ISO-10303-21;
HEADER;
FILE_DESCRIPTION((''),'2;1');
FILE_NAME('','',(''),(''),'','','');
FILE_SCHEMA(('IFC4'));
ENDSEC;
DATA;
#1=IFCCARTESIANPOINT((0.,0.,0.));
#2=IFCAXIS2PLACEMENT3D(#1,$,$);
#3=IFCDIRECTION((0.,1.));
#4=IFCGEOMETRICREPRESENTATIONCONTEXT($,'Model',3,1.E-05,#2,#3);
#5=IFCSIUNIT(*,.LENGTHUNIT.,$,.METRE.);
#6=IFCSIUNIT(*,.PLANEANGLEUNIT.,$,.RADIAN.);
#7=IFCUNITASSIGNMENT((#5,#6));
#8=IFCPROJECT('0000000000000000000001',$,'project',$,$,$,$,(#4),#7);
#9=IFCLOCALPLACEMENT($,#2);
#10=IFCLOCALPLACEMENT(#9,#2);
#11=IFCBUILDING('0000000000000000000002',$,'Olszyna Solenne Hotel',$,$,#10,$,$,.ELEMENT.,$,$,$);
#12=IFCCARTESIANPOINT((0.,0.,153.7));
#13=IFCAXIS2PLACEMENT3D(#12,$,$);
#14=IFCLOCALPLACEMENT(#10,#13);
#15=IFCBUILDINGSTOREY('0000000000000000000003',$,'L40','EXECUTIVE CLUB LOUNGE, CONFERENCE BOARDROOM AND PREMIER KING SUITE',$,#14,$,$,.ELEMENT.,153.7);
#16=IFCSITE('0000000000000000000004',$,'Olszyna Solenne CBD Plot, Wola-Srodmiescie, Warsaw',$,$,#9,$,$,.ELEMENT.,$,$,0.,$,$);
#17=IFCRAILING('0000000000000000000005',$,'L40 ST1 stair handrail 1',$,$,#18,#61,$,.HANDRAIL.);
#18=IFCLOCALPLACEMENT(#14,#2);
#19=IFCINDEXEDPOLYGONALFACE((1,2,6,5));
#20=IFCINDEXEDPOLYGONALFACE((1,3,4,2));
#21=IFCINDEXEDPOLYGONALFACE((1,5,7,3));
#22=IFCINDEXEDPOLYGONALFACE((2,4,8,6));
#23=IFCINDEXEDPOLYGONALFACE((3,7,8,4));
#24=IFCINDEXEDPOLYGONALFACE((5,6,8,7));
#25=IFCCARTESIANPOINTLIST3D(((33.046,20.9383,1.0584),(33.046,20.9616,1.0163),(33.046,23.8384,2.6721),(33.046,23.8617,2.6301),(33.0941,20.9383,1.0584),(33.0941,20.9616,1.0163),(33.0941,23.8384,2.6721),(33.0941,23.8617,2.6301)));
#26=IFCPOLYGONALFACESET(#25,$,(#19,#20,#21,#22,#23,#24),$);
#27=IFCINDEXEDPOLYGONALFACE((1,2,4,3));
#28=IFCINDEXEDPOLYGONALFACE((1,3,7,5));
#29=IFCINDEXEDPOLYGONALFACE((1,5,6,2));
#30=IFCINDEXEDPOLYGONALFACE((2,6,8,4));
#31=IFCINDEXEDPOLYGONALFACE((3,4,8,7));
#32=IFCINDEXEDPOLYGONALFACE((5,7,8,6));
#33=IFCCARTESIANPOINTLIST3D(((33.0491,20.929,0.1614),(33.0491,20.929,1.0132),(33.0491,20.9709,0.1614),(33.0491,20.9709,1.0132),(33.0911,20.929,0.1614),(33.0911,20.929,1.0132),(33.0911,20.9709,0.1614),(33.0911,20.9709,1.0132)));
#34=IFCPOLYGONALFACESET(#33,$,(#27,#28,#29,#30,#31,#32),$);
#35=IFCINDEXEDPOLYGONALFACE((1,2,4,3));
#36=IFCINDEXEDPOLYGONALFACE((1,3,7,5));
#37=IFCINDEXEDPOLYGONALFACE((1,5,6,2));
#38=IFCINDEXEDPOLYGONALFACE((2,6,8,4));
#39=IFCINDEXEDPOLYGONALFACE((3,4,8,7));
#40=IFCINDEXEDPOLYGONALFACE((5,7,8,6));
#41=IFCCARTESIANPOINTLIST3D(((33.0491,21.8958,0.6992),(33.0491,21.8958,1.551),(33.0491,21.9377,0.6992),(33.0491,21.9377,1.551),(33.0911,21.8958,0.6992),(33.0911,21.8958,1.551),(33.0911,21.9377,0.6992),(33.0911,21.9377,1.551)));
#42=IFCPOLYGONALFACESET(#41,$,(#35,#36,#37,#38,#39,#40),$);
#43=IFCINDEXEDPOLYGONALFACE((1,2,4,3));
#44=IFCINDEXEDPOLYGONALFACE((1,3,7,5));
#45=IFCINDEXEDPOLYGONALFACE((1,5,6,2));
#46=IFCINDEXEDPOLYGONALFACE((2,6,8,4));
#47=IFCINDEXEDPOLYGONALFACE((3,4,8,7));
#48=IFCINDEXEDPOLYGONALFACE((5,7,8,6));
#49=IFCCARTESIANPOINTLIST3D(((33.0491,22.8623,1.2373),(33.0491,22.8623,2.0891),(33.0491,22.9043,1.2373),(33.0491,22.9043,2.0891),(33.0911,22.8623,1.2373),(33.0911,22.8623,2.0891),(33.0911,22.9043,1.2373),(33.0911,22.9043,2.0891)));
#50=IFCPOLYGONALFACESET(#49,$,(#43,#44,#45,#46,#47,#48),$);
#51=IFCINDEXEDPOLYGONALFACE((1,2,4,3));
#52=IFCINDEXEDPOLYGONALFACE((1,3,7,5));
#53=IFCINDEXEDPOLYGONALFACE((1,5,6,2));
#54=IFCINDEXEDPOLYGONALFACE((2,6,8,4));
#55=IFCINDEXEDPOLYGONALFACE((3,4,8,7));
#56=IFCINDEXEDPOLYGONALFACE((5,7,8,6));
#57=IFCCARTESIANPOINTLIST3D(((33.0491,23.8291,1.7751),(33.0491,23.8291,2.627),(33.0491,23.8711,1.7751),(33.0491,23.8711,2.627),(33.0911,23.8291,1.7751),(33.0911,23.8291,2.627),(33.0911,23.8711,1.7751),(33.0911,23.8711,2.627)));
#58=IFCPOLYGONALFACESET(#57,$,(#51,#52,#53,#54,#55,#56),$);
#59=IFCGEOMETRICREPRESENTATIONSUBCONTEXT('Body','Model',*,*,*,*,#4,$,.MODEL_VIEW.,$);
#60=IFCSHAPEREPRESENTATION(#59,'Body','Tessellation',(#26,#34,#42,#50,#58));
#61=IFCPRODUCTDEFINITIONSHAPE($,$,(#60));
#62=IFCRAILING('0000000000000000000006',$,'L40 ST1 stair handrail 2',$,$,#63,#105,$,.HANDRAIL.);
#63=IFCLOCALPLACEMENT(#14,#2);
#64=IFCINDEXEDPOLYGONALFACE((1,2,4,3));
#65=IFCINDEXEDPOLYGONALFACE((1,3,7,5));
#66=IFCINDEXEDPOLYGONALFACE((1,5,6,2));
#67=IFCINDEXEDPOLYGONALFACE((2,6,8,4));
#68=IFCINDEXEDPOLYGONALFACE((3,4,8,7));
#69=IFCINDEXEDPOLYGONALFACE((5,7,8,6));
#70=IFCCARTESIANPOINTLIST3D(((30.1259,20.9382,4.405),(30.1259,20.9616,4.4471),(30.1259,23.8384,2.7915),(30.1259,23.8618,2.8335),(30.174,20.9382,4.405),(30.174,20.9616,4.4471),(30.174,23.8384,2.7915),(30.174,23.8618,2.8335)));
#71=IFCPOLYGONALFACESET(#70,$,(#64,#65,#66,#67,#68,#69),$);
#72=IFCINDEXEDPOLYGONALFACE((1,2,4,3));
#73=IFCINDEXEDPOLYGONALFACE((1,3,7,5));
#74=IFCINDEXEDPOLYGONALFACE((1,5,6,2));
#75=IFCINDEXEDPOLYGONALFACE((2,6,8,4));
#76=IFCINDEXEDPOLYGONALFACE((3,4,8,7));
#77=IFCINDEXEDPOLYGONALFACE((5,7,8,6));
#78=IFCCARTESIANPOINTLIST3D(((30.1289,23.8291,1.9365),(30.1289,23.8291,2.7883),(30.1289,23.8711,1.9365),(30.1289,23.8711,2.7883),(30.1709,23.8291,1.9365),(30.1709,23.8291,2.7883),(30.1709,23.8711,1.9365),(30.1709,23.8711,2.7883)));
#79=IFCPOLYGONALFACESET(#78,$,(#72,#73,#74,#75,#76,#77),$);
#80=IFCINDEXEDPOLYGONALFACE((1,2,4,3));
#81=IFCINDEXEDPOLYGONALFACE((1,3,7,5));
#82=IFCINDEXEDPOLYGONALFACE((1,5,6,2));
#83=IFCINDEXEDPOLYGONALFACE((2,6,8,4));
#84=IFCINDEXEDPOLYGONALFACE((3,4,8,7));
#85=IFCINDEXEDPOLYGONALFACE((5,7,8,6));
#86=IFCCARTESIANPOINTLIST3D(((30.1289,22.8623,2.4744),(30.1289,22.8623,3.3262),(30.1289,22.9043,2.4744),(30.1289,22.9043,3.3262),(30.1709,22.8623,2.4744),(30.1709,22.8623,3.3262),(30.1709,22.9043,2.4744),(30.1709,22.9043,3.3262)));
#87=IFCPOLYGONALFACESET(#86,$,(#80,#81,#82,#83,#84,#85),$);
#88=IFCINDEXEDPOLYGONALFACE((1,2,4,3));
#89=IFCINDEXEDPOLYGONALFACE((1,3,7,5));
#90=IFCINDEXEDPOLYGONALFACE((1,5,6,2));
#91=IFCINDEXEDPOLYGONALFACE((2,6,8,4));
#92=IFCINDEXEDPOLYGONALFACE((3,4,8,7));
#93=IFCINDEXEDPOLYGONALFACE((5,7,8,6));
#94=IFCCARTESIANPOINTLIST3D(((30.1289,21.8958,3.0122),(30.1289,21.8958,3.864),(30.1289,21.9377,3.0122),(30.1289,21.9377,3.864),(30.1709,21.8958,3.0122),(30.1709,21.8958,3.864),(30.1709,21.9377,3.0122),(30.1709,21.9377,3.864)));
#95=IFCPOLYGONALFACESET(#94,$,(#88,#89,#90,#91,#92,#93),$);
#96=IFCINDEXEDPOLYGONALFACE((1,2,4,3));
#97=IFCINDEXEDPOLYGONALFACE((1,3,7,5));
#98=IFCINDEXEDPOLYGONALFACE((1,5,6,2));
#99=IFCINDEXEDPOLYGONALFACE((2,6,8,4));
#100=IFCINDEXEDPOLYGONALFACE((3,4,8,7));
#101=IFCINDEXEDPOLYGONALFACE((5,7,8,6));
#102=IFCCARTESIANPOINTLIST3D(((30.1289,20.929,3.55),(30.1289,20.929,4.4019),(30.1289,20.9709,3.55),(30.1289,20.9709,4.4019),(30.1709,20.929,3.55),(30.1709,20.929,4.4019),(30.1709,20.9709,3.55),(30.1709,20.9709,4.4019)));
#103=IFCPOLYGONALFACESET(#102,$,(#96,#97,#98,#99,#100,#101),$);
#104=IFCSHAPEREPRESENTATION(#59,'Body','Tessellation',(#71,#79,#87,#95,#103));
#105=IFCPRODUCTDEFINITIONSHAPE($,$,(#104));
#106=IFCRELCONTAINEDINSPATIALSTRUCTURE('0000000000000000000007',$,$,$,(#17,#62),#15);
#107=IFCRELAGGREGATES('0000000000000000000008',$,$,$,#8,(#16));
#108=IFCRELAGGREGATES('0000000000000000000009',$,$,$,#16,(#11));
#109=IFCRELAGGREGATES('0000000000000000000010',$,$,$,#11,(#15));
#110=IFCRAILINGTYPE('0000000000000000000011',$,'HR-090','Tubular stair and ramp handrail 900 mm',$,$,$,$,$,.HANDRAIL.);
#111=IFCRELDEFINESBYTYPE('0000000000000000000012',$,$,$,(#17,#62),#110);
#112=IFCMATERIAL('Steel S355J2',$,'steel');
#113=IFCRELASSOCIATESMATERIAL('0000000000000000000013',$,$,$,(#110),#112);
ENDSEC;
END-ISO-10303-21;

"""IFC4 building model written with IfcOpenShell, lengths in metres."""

from ifc_helpers import new_model, si_unit, direction, frame, origin, origin_2d, place, context, subcontext, project, spatial, rectangle, extrude, material, type_object, element, save


model = new_model("IFC4")

# Units and contexts
model_context = context("Model", 3, precision=1e-05, world=origin(), true_north=direction((0.0, 1.0)))
body_context = subcontext(model_context, "Body", "Model", "MODEL_VIEW")
ifc_project = project(units=[si_unit("LENGTHUNIT", "METRE"), si_unit("PLANEANGLEUNIT", "RADIAN")], contexts=[model_context])

# Site, building, storey
site_placement = place(None, origin())
site = spatial("IfcSite", under=ifc_project, at=site_placement, Name="Olszyna Solenne CBD Plot, Wola-Srodmiescie, Warsaw", CompositionType="ELEMENT", RefElevation=0.0)
building_placement = place(site_placement, origin())
building = spatial("IfcBuilding", under=site, at=building_placement, Name="Olszyna Solenne Hotel", CompositionType="ELEMENT")
storey_placement = place(building_placement, frame((0.0, 0.0, 153.7)))
storey = spatial("IfcBuildingStorey", under=building, at=storey_placement, Name="L40", Description="EXECUTIVE CLUB LOUNGE, CONFERENCE BOARDROOM AND PREMIER KING SUITE", CompositionType="ELEMENT", Elevation=153.7)

# Shared definitions
ifc_material_1 = material(Name="Steel S355J2", Category="steel")

# Railings
railing_type_1 = type_object("IfcRailingType", Name="HR-090", Description="Tubular stair and ramp handrail 900 mm", PredefinedType="HANDRAIL", material=ifc_material_1)
railing_1_placement = place(storey_placement, frame((33.0701, 20.95, 0.1614)))
element("IfcRailing", 1, at=railing_1_placement, inside=storey, type_object=railing_type_1, Name="L40 ST1 stair handrail 1", PredefinedType="HANDRAIL", context=body_context, shape_type="SweptSolid", body=[
    extrude(rectangle(XDim=0.0481, YDim=0.0481, at=origin_2d()), frame((0.0, 0.0, 0.876), z_axis=(0.0, 0.873827, 0.486236), x_axis=(-1.0, 0.0, 0.0)), (0.0, 0.0, 1.0), 3.3188),
    extrude(rectangle(XDim=0.042, YDim=0.042, at=origin_2d()), origin(), (0.0, 0.0, 1.0), 0.8518),
    extrude(rectangle(XDim=0.042, YDim=0.042, at=origin_2d()), frame((0.0, 0.9668, 0.5378)), (0.0, 0.0, 1.0), 0.8518),
    extrude(rectangle(XDim=0.042, YDim=0.042, at=origin_2d()), frame((0.0, 1.9333, 1.0759)), (0.0, 0.0, 1.0), 0.8518),
    extrude(rectangle(XDim=0.042, YDim=0.042, at=origin_2d()), frame((0.0, 2.9001, 1.6138)), (0.0, 0.0, 1.0), 0.8518),
])
railing_2_placement = place(storey_placement, frame((30.1499, 23.8501, 1.9365)))
element("IfcRailing", 2, at=railing_2_placement, inside=storey, type_object=railing_type_1, Name="L40 ST1 stair handrail 2", PredefinedType="HANDRAIL", context=body_context, shape_type="SweptSolid", body=[
    extrude(rectangle(XDim=0.0481, YDim=0.0481, at=origin_2d()), frame((0.0, 0.0, 0.876), z_axis=(0.0, -0.873859, 0.48618), x_axis=(1.0, 0.0, 0.0)), (0.0, 0.0, 1.0), 3.3188),
    extrude(rectangle(XDim=0.042, YDim=0.042, at=origin_2d()), origin(), (0.0, 0.0, 1.0), 0.8518),
    extrude(rectangle(XDim=0.042, YDim=0.042, at=origin_2d()), frame((0.0, -0.9668, 0.5378)), (0.0, 0.0, 1.0), 0.8518),
    extrude(rectangle(XDim=0.042, YDim=0.042, at=origin_2d()), frame((0.0, -1.9333, 1.0757)), (0.0, 0.0, 1.0), 0.8518),
    extrude(rectangle(XDim=0.042, YDim=0.042, at=origin_2d()), frame((0.0, -2.9001, 1.6135)), (0.0, 0.0, 1.0), 0.8518),
])

save(model, "model.ifc")
